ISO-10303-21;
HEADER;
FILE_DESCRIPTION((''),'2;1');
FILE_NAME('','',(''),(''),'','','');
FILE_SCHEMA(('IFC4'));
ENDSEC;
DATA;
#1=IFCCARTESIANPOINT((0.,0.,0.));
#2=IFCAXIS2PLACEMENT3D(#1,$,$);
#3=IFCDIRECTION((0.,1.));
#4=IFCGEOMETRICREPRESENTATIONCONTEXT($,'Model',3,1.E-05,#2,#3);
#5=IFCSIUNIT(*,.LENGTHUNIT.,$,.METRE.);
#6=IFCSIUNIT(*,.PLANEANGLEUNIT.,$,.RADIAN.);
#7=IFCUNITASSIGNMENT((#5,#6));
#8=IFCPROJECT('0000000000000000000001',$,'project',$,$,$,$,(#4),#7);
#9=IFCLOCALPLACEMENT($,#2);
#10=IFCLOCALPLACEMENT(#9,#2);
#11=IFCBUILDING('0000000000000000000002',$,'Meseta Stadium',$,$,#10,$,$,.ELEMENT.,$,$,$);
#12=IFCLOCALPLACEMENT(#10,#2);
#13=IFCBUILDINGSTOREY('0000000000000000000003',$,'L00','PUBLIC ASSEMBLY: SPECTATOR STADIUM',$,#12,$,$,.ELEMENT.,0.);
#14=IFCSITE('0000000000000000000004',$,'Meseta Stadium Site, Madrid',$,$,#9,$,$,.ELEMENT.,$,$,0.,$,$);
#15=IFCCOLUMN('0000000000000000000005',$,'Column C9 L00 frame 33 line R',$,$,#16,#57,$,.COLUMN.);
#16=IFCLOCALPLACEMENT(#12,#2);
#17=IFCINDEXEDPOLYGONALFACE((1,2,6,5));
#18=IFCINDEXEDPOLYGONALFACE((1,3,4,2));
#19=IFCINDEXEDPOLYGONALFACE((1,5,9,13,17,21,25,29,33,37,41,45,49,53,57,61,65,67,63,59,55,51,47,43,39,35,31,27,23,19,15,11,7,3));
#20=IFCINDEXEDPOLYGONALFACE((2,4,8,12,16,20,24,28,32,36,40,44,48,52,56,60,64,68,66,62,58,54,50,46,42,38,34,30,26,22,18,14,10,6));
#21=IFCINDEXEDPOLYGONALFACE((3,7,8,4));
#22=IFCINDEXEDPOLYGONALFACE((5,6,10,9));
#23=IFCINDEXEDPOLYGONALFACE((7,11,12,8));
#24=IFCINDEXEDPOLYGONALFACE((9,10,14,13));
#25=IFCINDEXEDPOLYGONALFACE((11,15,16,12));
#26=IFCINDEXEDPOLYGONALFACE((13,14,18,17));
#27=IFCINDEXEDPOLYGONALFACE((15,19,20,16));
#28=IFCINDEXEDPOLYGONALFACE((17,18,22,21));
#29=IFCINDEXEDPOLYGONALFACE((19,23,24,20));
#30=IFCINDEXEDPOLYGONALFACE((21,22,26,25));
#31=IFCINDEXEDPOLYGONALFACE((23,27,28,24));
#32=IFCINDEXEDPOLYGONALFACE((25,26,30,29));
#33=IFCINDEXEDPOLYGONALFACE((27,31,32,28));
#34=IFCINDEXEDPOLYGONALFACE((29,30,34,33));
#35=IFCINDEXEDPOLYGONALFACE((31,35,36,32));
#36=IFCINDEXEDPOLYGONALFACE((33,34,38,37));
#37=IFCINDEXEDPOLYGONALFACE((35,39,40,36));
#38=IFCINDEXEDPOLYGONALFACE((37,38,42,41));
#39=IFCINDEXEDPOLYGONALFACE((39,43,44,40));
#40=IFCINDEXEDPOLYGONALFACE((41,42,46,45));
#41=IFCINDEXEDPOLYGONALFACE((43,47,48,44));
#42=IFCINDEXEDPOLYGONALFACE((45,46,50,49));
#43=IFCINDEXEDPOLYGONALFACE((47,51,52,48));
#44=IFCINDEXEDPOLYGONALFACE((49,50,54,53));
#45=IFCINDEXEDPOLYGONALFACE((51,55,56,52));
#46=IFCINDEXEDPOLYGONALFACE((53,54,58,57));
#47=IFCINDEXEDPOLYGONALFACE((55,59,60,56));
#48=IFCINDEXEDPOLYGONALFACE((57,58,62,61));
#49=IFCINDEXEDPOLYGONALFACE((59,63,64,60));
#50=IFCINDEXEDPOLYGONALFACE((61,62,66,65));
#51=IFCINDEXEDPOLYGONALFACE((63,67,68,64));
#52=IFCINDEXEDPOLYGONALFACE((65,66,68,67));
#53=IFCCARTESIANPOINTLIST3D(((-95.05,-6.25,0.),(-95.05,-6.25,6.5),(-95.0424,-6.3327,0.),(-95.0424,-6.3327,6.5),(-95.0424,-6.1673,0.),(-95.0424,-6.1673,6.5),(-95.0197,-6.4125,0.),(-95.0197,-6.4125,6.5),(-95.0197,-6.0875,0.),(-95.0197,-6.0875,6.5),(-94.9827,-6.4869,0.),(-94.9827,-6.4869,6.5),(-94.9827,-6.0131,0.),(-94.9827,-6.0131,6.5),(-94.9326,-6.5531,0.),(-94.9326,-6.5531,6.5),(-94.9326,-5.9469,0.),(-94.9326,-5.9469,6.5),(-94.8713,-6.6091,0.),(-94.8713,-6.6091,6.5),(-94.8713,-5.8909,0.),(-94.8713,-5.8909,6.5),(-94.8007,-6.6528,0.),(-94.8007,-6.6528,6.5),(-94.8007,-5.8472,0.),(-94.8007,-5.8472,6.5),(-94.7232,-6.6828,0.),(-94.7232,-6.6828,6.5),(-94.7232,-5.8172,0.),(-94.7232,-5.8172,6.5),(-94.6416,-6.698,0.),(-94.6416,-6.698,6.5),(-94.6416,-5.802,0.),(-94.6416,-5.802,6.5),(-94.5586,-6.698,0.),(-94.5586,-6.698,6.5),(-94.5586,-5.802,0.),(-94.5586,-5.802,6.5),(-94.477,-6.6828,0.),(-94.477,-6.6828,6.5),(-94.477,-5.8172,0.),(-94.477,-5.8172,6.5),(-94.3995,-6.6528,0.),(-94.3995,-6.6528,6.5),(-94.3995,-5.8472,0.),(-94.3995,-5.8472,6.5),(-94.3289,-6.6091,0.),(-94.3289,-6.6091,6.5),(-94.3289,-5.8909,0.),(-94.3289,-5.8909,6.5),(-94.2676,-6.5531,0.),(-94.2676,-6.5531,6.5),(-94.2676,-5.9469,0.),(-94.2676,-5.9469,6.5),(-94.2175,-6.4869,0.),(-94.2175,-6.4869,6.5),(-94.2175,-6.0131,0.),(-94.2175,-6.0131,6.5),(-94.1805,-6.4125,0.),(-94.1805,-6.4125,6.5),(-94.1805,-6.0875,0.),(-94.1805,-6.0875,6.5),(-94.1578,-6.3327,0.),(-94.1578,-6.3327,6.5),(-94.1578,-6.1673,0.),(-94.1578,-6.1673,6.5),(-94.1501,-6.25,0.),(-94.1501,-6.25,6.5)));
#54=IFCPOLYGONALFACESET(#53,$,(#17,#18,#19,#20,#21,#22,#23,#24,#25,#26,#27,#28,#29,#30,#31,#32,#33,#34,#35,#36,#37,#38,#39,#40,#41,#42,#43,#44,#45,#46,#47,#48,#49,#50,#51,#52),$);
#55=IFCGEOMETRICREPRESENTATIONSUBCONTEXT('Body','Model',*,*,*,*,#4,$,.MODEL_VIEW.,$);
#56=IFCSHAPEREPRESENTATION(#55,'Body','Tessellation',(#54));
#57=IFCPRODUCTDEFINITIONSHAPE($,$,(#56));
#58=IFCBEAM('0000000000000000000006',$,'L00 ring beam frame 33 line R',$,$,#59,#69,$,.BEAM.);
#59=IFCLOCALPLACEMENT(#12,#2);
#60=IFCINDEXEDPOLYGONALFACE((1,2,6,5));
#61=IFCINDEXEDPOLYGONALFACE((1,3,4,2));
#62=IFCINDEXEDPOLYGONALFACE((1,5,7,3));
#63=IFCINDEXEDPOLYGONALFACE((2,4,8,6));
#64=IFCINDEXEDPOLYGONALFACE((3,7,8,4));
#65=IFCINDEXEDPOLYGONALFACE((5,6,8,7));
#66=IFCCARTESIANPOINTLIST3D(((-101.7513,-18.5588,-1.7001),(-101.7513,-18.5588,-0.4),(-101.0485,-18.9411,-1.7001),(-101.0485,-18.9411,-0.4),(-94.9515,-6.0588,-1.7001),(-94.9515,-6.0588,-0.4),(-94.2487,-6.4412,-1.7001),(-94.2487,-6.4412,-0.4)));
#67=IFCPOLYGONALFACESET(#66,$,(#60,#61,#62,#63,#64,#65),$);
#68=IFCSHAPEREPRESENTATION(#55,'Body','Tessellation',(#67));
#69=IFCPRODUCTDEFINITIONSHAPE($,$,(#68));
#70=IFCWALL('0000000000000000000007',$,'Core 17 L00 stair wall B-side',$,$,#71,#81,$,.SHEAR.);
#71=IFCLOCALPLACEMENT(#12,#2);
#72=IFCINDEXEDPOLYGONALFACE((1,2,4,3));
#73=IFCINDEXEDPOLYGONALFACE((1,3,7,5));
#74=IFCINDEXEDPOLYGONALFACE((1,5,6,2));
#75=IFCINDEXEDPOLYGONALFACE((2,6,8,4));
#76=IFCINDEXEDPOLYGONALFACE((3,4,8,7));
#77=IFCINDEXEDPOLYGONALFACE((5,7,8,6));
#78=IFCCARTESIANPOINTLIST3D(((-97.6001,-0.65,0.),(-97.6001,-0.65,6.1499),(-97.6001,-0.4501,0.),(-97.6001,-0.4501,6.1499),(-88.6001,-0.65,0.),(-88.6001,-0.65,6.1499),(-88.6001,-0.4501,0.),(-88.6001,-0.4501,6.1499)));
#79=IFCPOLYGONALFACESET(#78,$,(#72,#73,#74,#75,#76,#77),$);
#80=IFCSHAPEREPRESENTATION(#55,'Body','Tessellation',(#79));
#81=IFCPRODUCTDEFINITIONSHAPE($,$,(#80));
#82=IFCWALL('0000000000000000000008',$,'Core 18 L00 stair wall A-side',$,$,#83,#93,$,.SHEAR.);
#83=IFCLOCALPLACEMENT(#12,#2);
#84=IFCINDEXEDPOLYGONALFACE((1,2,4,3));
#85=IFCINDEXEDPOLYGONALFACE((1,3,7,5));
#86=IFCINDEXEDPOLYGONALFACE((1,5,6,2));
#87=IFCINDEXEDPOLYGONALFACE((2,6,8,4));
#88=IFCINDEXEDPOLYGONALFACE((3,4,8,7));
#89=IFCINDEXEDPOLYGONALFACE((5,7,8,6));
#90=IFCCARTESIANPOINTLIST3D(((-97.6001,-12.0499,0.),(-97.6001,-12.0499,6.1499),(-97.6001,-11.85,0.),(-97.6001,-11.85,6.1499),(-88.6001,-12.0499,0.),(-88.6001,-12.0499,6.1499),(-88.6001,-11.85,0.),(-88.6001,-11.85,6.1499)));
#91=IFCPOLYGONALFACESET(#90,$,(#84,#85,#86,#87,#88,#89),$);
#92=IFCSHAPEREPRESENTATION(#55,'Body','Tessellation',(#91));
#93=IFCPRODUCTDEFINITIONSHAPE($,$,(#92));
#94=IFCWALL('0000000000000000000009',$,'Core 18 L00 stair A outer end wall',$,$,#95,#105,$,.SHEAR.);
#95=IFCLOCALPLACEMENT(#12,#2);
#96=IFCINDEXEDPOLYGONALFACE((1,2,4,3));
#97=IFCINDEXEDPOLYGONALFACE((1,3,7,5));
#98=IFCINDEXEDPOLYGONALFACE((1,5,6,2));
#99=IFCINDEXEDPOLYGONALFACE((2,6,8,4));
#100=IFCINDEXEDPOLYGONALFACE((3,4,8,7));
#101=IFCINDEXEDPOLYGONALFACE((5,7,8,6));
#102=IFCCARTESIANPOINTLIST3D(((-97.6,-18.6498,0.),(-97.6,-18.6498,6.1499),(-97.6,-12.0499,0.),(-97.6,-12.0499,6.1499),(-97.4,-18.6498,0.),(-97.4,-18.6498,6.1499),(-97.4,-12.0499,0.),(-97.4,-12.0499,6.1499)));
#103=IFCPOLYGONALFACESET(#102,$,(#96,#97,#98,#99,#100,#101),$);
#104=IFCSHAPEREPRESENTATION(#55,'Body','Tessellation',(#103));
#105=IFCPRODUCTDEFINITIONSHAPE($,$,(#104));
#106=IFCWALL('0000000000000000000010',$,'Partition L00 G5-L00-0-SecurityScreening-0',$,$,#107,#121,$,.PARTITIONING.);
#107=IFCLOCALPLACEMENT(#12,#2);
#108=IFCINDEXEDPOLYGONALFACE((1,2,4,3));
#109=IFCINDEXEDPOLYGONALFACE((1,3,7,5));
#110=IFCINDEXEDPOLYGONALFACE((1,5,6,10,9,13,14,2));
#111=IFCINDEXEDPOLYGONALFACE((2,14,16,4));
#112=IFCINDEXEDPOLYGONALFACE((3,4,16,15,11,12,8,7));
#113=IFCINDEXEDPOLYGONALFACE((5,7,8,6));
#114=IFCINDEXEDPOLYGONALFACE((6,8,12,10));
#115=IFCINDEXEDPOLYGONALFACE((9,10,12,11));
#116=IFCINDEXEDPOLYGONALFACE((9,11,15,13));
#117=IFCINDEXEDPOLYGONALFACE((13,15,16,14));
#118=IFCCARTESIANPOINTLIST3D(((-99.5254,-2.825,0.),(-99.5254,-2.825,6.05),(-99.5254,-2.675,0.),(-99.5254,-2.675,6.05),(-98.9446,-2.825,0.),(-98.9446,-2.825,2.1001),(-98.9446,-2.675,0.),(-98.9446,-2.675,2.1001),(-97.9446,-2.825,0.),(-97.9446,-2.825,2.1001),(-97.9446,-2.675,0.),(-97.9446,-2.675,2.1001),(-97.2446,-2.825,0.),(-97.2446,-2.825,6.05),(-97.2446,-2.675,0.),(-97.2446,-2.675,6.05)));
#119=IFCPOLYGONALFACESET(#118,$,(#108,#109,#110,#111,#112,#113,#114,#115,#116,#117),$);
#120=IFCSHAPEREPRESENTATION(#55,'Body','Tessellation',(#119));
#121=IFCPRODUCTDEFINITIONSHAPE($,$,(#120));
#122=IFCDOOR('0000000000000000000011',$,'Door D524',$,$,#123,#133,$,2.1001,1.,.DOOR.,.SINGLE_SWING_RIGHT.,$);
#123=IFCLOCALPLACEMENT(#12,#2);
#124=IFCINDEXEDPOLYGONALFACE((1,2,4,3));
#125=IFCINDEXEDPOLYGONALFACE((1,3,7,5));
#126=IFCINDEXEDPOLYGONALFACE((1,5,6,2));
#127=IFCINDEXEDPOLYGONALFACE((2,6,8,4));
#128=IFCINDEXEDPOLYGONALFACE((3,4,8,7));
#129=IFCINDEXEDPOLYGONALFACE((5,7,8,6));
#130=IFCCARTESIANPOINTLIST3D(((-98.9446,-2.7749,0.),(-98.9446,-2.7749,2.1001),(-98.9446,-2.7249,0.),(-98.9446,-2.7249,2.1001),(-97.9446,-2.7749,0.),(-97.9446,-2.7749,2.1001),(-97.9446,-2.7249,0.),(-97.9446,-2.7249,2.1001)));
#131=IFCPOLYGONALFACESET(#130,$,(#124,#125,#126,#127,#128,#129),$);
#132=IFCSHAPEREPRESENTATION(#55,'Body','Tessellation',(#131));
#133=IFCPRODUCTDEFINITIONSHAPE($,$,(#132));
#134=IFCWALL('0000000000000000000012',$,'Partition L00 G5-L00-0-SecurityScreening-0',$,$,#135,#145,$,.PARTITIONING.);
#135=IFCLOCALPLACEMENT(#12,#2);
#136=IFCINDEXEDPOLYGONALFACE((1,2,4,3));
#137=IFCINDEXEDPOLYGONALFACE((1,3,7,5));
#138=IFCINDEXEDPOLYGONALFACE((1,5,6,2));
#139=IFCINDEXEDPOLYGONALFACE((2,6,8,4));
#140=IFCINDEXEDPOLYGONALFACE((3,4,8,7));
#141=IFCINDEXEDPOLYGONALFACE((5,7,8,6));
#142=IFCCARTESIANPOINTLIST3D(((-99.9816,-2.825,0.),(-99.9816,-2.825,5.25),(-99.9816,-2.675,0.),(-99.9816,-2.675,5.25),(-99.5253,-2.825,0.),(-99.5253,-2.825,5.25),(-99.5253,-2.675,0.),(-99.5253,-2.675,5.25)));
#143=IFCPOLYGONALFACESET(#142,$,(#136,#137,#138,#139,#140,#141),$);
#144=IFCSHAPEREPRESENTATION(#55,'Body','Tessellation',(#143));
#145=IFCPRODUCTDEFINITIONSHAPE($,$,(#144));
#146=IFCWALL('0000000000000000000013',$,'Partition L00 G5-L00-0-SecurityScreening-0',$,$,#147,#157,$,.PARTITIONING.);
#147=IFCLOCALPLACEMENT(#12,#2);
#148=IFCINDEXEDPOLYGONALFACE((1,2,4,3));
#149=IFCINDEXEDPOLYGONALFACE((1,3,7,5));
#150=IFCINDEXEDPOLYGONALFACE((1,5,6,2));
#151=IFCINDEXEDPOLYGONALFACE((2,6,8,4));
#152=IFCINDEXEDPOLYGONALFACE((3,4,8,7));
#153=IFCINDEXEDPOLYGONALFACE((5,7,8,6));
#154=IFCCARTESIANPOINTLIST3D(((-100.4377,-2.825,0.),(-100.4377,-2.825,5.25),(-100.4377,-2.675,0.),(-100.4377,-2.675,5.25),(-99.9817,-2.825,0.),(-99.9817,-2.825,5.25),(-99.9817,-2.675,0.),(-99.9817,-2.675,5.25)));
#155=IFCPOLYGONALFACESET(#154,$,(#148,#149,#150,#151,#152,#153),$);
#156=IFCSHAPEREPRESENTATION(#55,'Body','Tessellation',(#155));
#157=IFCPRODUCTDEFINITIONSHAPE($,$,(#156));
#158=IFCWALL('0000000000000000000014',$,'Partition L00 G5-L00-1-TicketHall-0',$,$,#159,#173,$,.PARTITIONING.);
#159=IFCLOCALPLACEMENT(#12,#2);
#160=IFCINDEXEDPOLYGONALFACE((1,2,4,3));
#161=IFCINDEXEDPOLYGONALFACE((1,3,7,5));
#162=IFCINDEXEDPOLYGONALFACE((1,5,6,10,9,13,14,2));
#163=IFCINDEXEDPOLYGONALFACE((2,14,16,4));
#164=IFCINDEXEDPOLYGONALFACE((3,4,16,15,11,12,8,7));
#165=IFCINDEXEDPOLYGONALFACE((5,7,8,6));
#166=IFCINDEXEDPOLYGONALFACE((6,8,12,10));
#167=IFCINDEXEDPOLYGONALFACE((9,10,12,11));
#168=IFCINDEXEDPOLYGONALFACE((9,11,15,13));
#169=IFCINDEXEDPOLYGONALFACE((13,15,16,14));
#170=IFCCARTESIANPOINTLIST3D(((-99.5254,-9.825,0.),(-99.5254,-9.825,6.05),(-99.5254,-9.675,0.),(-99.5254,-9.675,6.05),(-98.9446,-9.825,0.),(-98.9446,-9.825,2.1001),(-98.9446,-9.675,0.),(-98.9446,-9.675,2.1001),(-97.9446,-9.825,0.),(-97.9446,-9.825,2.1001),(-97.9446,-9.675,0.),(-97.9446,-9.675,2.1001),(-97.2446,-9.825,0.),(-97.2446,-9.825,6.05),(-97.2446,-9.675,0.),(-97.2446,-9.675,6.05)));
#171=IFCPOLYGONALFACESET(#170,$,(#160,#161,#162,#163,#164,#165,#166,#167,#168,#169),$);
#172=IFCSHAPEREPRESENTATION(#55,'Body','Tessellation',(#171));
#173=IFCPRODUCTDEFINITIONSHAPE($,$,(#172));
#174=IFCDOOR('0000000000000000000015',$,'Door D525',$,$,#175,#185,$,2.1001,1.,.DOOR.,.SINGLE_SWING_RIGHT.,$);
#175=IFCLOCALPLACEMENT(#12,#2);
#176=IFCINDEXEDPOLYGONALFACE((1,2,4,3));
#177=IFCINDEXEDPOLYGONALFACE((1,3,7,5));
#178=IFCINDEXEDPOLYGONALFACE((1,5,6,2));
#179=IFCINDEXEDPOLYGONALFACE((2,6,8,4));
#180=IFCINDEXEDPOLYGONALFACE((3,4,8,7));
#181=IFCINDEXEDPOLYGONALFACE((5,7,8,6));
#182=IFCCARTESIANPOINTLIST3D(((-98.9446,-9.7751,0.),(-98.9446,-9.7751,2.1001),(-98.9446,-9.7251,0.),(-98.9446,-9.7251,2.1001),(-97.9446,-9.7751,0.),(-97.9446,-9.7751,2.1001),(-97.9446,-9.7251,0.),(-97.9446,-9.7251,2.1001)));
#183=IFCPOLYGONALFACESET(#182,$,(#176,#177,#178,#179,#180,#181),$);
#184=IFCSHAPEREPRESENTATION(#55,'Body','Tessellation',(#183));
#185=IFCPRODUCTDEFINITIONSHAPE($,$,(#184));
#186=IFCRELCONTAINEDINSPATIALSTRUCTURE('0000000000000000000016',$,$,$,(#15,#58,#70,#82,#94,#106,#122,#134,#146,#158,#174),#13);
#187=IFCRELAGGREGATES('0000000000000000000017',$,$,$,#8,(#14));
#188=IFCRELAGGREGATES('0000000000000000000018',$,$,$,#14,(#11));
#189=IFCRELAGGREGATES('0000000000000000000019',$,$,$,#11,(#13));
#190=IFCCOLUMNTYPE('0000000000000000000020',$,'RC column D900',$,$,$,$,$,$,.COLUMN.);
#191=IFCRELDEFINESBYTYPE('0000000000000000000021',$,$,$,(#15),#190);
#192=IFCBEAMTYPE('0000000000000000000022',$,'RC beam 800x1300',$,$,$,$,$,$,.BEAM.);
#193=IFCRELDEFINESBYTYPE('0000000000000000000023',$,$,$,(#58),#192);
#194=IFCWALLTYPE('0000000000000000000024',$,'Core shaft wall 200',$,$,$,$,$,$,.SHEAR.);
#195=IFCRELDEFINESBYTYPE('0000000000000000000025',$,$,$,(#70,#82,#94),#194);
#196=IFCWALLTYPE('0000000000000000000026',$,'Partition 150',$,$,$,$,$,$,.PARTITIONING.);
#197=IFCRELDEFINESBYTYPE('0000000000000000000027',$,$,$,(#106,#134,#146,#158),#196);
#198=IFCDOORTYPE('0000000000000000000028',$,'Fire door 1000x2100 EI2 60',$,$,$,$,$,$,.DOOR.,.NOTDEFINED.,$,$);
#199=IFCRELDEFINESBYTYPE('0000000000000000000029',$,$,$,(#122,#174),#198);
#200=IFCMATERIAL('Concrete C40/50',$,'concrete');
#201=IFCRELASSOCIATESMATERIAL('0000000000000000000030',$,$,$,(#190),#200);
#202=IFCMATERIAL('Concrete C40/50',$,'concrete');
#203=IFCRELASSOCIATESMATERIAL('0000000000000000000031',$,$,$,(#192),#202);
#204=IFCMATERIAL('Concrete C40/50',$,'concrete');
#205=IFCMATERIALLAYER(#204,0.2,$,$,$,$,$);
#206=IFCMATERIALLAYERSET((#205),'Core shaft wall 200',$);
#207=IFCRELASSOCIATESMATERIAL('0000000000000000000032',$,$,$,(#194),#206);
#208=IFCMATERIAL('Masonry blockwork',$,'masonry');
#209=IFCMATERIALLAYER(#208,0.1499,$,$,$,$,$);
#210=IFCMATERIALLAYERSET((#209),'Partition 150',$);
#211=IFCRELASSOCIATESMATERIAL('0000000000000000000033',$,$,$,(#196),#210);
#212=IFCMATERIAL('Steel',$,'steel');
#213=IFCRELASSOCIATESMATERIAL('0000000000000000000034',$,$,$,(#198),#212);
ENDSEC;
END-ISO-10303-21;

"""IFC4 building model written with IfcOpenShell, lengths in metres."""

from ifc_helpers import new_model, si_unit, direction, frame, frame_2d, origin, origin_2d, place, context, subcontext, project, spatial, rectangle, circle, extrude, material, layer, layer_set, material_profile, profile_set, type_object, element, fill, save


model = new_model("IFC4")

# Units and contexts
model_context = context("Model", 3, precision=1e-05, world=origin(), true_north=direction((0.0, 1.0)))
body_context = subcontext(model_context, "Body", "Model", "MODEL_VIEW")
ifc_project = project(units=[si_unit("LENGTHUNIT", "METRE"), si_unit("PLANEANGLEUNIT", "RADIAN")], contexts=[model_context])

# Site, building, storey
site_placement = place(None, origin())
site = spatial("IfcSite", under=ifc_project, at=site_placement, Name="Meseta Stadium Site, Madrid", CompositionType="ELEMENT", RefElevation=0.0)
building_placement = place(site_placement, origin())
building = spatial("IfcBuilding", under=site, at=building_placement, Name="Meseta Stadium", CompositionType="ELEMENT")
storey_placement = place(building_placement, origin())
storey = spatial("IfcBuildingStorey", under=building, at=storey_placement, Name="L00", Description="PUBLIC ASSEMBLY: SPECTATOR STADIUM", CompositionType="ELEMENT", Elevation=0.0)

# Column
ifc_material_1 = material(Name="Concrete C40/50", Category="concrete")
ifc_material_profile_1 = material_profile(ifc_material_1, circle(Radius=0.45, at=origin_2d()), Name="RC D900")
ifc_profile_set_1 = profile_set([ifc_material_profile_1], Name="Concrete C40/50")
column_type = type_object("IfcColumnType", Name="RC column D900", PredefinedType="COLUMN", material=ifc_profile_set_1)
column_placement = place(storey_placement, frame((-94.6001, -6.25, 0.0), z_axis=(0.0, 0.0, 1.0), x_axis=(1.0, 0.0, 0.0)))
element("IfcColumn", 1, at=column_placement, inside=storey, type_object=column_type, Name="Column C9 L00 frame 33 line R", PredefinedType="COLUMN", context=body_context, shape_type="SweptSolid", body=[
    extrude(circle(Radius=0.45, at=origin_2d()), origin(), (0.0, 0.0, 1.0), 6.5),
])

# Beam
ifc_material_2 = material(Name="Concrete C40/50", Category="concrete")
ifc_material_profile_2 = material_profile(ifc_material_2, rectangle(XDim=0.8, YDim=1.3, at=origin_2d()), Name="RC 800x1300")
ifc_profile_set_2 = profile_set([ifc_material_profile_2], Name="Concrete C40/50")
beam_type = type_object("IfcBeamType", Name="RC beam 800x1300", PredefinedType="BEAM", material=ifc_profile_set_2)
beam_placement = place(storey_placement, frame((-94.6001, -6.25, -1.05), z_axis=(-0.477856, -0.878438, 0.0), x_axis=(0.878438, -0.477856, 0.0)))
element("IfcBeam", 2, at=beam_placement, inside=storey, type_object=beam_type, Name="L00 ring beam frame 33 line R", PredefinedType="BEAM", context=body_context, shape_type="SweptSolid", body=[
    extrude(rectangle(XDim=0.8, YDim=1.3, at=origin_2d()), origin(), (0.0, 0.0, 1.0), 14.2297),
])

# Walls
ifc_material_3 = material(Name="Concrete C40/50", Category="concrete")
ifc_layer_1 = layer(ifc_material_3, 0.2)
ifc_layer_set_1 = layer_set([ifc_layer_1], Name="Core shaft wall 200")
wall_type_1 = type_object("IfcWallType", Name="Core shaft wall 200", PredefinedType="SHEAR", material=ifc_layer_set_1)
for number, where, z_axis, x_axis, name in (
    (3, (-97.6001, -0.55, 0.0), (0.0, 0.0, 1.0), (1.0, 0.0, 0.0), "Core 17 L00 stair wall B-side"),
    (4, (-97.6001, -11.95, 0.0), (0.0, 0.0, 1.0), (1.0, 0.0, 0.0), "Core 18 L00 stair wall A-side"),
):
    element("IfcWall", number, at=place(storey_placement, frame(where, z_axis=z_axis, x_axis=x_axis)), inside=storey, type_object=wall_type_1, Name=name, PredefinedType="SHEAR", context=body_context, shape_type="SweptSolid", body=[
        extrude(rectangle(XDim=9.0, YDim=0.2, at=frame_2d((4.5, 0.0))), origin(), (0.0, 0.0, 1.0), 6.1499),
    ])
wall_1_placement = place(storey_placement, frame((-97.5, -12.05, 0.0), z_axis=(0.0, 0.0, 1.0), x_axis=(0.0, -1.0, 0.0)))
element("IfcWall", 5, at=wall_1_placement, inside=storey, type_object=wall_type_1, Name="Core 18 L00 stair A outer end wall", PredefinedType="SHEAR", context=body_context, shape_type="SweptSolid", body=[
    extrude(rectangle(XDim=6.5999, YDim=0.2, at=frame_2d((3.2998, 0.0))), origin(), (0.0, 0.0, 1.0), 6.1499),
])

# Wall, opening, door
ifc_material_4 = material(Name="Masonry blockwork", Category="masonry")
ifc_layer_2 = layer(ifc_material_4, 0.1499)
ifc_layer_set_2 = layer_set([ifc_layer_2], Name="Partition 150")
wall_type_2 = type_object("IfcWallType", Name="Partition 150", PredefinedType="PARTITIONING", material=ifc_layer_set_2)
wall_2_placement = place(storey_placement, frame((-97.2446, -2.75, 0.0), z_axis=(0.0, 0.0, 1.0), x_axis=(-1.0, 0.0, 0.0)))
wall_2 = element("IfcWall", 6, at=wall_2_placement, inside=storey, type_object=wall_type_2, Name="Partition L00 G5-L00-0-SecurityScreening-0", PredefinedType="PARTITIONING", context=body_context, shape_type="SweptSolid", body=[
    extrude(rectangle(XDim=2.2808, YDim=0.1499, at=frame_2d((1.1404, 0.0))), origin(), (0.0, 0.0, 1.0), 6.05),
])
opening_1_placement = place(wall_2_placement, frame((0.7, 0.0, 0.0)))
opening_1 = element("IfcOpeningElement", 7, at=opening_1_placement, cuts=wall_2, PredefinedType="OPENING", context=body_context, shape_type="SweptSolid", body=[
    extrude(rectangle(XDim=1.0, YDim=2.1001, at=frame_2d((0.5, 1.05))), frame((0.0, 0.085, 0.0), z_axis=(0.0, -1.0, 0.0), x_axis=(1.0, 0.0, 0.0)), (0.0, 0.0, 1.0), 0.1699),
])
ifc_material_5 = material(Name="Steel", Category="steel")
door_type = type_object("IfcDoorType", Name="Fire door 1000x2100 EI2 60", OperationType="NOTDEFINED", PredefinedType="DOOR", material=ifc_material_5)
door_1_placement = place(opening_1_placement, origin())
door_1 = element("IfcDoor", 8, at=door_1_placement, inside=storey, type_object=door_type, Name="Door D524", OperationType="SINGLE_SWING_RIGHT", OverallHeight=2.1001, OverallWidth=1.0, PredefinedType="DOOR", context=body_context, shape_type="SweptSolid", body=[
    extrude(rectangle(XDim=1.0, YDim=2.1001, at=frame_2d((0.5, 1.05))), frame((0.0, 0.0249, 0.0), z_axis=(0.0, -1.0, 0.0), x_axis=(1.0, 0.0, 0.0)), (0.0, 0.0, 1.0), 0.05),
])
fill(opening_1, door_1)

# Walls
wall_3_placement = place(storey_placement, frame((-99.5254, -2.75, 0.0), z_axis=(0.0, 0.0, 1.0), x_axis=(-1.0, 0.0, 0.0)))
element("IfcWall", 9, at=wall_3_placement, inside=storey, type_object=wall_type_2, Name="Partition L00 G5-L00-0-SecurityScreening-0", PredefinedType="PARTITIONING", context=body_context, shape_type="SweptSolid", body=[
    extrude(rectangle(XDim=0.4563, YDim=0.1499, at=frame_2d((0.228, 0.0))), origin(), (0.0, 0.0, 1.0), 5.25),
])
wall_4_placement = place(storey_placement, frame((-99.9817, -2.75, 0.0), z_axis=(0.0, 0.0, 1.0), x_axis=(-1.0, 0.0, 0.0)))
element("IfcWall", 10, at=wall_4_placement, inside=storey, type_object=wall_type_2, Name="Partition L00 G5-L00-0-SecurityScreening-0", PredefinedType="PARTITIONING", context=body_context, shape_type="SweptSolid", body=[
    extrude(rectangle(XDim=0.4561, YDim=0.1499, at=frame_2d((0.228, 0.0))), origin(), (0.0, 0.0, 1.0), 5.25),
])

# Wall, opening, door
wall_5_placement = place(storey_placement, frame((-99.5254, -9.75, 0.0), z_axis=(0.0, 0.0, 1.0), x_axis=(1.0, 0.0, 0.0)))
wall_5 = element("IfcWall", 11, at=wall_5_placement, inside=storey, type_object=wall_type_2, Name="Partition L00 G5-L00-1-TicketHall-0", PredefinedType="PARTITIONING", context=body_context, shape_type="SweptSolid", body=[
    extrude(rectangle(XDim=2.2808, YDim=0.1499, at=frame_2d((1.1404, 0.0))), origin(), (0.0, 0.0, 1.0), 6.05),
])
opening_2_placement = place(wall_5_placement, frame((0.5808, 0.0, 0.0)))
opening_2 = element("IfcOpeningElement", 12, at=opening_2_placement, cuts=wall_5, PredefinedType="OPENING", context=body_context, shape_type="SweptSolid", body=[
    extrude(rectangle(XDim=1.0, YDim=2.1001, at=frame_2d((0.5, 1.05))), frame((0.0, 0.085, 0.0), z_axis=(0.0, -1.0, 0.0), x_axis=(1.0, 0.0, 0.0)), (0.0, 0.0, 1.0), 0.1699),
])
door_2_placement = place(opening_2_placement, origin())
door_2 = element("IfcDoor", 13, at=door_2_placement, inside=storey, type_object=door_type, Name="Door D525", OperationType="SINGLE_SWING_RIGHT", OverallHeight=2.1001, OverallWidth=1.0, PredefinedType="DOOR", context=body_context, shape_type="SweptSolid", body=[
    extrude(rectangle(XDim=1.0, YDim=2.1001, at=frame_2d((0.5, 1.05))), frame((0.0, 0.0249, 0.0), z_axis=(0.0, -1.0, 0.0), x_axis=(1.0, 0.0, 0.0)), (0.0, 0.0, 1.0), 0.05),
])
fill(opening_2, door_2)

save(model, "model.ifc")
